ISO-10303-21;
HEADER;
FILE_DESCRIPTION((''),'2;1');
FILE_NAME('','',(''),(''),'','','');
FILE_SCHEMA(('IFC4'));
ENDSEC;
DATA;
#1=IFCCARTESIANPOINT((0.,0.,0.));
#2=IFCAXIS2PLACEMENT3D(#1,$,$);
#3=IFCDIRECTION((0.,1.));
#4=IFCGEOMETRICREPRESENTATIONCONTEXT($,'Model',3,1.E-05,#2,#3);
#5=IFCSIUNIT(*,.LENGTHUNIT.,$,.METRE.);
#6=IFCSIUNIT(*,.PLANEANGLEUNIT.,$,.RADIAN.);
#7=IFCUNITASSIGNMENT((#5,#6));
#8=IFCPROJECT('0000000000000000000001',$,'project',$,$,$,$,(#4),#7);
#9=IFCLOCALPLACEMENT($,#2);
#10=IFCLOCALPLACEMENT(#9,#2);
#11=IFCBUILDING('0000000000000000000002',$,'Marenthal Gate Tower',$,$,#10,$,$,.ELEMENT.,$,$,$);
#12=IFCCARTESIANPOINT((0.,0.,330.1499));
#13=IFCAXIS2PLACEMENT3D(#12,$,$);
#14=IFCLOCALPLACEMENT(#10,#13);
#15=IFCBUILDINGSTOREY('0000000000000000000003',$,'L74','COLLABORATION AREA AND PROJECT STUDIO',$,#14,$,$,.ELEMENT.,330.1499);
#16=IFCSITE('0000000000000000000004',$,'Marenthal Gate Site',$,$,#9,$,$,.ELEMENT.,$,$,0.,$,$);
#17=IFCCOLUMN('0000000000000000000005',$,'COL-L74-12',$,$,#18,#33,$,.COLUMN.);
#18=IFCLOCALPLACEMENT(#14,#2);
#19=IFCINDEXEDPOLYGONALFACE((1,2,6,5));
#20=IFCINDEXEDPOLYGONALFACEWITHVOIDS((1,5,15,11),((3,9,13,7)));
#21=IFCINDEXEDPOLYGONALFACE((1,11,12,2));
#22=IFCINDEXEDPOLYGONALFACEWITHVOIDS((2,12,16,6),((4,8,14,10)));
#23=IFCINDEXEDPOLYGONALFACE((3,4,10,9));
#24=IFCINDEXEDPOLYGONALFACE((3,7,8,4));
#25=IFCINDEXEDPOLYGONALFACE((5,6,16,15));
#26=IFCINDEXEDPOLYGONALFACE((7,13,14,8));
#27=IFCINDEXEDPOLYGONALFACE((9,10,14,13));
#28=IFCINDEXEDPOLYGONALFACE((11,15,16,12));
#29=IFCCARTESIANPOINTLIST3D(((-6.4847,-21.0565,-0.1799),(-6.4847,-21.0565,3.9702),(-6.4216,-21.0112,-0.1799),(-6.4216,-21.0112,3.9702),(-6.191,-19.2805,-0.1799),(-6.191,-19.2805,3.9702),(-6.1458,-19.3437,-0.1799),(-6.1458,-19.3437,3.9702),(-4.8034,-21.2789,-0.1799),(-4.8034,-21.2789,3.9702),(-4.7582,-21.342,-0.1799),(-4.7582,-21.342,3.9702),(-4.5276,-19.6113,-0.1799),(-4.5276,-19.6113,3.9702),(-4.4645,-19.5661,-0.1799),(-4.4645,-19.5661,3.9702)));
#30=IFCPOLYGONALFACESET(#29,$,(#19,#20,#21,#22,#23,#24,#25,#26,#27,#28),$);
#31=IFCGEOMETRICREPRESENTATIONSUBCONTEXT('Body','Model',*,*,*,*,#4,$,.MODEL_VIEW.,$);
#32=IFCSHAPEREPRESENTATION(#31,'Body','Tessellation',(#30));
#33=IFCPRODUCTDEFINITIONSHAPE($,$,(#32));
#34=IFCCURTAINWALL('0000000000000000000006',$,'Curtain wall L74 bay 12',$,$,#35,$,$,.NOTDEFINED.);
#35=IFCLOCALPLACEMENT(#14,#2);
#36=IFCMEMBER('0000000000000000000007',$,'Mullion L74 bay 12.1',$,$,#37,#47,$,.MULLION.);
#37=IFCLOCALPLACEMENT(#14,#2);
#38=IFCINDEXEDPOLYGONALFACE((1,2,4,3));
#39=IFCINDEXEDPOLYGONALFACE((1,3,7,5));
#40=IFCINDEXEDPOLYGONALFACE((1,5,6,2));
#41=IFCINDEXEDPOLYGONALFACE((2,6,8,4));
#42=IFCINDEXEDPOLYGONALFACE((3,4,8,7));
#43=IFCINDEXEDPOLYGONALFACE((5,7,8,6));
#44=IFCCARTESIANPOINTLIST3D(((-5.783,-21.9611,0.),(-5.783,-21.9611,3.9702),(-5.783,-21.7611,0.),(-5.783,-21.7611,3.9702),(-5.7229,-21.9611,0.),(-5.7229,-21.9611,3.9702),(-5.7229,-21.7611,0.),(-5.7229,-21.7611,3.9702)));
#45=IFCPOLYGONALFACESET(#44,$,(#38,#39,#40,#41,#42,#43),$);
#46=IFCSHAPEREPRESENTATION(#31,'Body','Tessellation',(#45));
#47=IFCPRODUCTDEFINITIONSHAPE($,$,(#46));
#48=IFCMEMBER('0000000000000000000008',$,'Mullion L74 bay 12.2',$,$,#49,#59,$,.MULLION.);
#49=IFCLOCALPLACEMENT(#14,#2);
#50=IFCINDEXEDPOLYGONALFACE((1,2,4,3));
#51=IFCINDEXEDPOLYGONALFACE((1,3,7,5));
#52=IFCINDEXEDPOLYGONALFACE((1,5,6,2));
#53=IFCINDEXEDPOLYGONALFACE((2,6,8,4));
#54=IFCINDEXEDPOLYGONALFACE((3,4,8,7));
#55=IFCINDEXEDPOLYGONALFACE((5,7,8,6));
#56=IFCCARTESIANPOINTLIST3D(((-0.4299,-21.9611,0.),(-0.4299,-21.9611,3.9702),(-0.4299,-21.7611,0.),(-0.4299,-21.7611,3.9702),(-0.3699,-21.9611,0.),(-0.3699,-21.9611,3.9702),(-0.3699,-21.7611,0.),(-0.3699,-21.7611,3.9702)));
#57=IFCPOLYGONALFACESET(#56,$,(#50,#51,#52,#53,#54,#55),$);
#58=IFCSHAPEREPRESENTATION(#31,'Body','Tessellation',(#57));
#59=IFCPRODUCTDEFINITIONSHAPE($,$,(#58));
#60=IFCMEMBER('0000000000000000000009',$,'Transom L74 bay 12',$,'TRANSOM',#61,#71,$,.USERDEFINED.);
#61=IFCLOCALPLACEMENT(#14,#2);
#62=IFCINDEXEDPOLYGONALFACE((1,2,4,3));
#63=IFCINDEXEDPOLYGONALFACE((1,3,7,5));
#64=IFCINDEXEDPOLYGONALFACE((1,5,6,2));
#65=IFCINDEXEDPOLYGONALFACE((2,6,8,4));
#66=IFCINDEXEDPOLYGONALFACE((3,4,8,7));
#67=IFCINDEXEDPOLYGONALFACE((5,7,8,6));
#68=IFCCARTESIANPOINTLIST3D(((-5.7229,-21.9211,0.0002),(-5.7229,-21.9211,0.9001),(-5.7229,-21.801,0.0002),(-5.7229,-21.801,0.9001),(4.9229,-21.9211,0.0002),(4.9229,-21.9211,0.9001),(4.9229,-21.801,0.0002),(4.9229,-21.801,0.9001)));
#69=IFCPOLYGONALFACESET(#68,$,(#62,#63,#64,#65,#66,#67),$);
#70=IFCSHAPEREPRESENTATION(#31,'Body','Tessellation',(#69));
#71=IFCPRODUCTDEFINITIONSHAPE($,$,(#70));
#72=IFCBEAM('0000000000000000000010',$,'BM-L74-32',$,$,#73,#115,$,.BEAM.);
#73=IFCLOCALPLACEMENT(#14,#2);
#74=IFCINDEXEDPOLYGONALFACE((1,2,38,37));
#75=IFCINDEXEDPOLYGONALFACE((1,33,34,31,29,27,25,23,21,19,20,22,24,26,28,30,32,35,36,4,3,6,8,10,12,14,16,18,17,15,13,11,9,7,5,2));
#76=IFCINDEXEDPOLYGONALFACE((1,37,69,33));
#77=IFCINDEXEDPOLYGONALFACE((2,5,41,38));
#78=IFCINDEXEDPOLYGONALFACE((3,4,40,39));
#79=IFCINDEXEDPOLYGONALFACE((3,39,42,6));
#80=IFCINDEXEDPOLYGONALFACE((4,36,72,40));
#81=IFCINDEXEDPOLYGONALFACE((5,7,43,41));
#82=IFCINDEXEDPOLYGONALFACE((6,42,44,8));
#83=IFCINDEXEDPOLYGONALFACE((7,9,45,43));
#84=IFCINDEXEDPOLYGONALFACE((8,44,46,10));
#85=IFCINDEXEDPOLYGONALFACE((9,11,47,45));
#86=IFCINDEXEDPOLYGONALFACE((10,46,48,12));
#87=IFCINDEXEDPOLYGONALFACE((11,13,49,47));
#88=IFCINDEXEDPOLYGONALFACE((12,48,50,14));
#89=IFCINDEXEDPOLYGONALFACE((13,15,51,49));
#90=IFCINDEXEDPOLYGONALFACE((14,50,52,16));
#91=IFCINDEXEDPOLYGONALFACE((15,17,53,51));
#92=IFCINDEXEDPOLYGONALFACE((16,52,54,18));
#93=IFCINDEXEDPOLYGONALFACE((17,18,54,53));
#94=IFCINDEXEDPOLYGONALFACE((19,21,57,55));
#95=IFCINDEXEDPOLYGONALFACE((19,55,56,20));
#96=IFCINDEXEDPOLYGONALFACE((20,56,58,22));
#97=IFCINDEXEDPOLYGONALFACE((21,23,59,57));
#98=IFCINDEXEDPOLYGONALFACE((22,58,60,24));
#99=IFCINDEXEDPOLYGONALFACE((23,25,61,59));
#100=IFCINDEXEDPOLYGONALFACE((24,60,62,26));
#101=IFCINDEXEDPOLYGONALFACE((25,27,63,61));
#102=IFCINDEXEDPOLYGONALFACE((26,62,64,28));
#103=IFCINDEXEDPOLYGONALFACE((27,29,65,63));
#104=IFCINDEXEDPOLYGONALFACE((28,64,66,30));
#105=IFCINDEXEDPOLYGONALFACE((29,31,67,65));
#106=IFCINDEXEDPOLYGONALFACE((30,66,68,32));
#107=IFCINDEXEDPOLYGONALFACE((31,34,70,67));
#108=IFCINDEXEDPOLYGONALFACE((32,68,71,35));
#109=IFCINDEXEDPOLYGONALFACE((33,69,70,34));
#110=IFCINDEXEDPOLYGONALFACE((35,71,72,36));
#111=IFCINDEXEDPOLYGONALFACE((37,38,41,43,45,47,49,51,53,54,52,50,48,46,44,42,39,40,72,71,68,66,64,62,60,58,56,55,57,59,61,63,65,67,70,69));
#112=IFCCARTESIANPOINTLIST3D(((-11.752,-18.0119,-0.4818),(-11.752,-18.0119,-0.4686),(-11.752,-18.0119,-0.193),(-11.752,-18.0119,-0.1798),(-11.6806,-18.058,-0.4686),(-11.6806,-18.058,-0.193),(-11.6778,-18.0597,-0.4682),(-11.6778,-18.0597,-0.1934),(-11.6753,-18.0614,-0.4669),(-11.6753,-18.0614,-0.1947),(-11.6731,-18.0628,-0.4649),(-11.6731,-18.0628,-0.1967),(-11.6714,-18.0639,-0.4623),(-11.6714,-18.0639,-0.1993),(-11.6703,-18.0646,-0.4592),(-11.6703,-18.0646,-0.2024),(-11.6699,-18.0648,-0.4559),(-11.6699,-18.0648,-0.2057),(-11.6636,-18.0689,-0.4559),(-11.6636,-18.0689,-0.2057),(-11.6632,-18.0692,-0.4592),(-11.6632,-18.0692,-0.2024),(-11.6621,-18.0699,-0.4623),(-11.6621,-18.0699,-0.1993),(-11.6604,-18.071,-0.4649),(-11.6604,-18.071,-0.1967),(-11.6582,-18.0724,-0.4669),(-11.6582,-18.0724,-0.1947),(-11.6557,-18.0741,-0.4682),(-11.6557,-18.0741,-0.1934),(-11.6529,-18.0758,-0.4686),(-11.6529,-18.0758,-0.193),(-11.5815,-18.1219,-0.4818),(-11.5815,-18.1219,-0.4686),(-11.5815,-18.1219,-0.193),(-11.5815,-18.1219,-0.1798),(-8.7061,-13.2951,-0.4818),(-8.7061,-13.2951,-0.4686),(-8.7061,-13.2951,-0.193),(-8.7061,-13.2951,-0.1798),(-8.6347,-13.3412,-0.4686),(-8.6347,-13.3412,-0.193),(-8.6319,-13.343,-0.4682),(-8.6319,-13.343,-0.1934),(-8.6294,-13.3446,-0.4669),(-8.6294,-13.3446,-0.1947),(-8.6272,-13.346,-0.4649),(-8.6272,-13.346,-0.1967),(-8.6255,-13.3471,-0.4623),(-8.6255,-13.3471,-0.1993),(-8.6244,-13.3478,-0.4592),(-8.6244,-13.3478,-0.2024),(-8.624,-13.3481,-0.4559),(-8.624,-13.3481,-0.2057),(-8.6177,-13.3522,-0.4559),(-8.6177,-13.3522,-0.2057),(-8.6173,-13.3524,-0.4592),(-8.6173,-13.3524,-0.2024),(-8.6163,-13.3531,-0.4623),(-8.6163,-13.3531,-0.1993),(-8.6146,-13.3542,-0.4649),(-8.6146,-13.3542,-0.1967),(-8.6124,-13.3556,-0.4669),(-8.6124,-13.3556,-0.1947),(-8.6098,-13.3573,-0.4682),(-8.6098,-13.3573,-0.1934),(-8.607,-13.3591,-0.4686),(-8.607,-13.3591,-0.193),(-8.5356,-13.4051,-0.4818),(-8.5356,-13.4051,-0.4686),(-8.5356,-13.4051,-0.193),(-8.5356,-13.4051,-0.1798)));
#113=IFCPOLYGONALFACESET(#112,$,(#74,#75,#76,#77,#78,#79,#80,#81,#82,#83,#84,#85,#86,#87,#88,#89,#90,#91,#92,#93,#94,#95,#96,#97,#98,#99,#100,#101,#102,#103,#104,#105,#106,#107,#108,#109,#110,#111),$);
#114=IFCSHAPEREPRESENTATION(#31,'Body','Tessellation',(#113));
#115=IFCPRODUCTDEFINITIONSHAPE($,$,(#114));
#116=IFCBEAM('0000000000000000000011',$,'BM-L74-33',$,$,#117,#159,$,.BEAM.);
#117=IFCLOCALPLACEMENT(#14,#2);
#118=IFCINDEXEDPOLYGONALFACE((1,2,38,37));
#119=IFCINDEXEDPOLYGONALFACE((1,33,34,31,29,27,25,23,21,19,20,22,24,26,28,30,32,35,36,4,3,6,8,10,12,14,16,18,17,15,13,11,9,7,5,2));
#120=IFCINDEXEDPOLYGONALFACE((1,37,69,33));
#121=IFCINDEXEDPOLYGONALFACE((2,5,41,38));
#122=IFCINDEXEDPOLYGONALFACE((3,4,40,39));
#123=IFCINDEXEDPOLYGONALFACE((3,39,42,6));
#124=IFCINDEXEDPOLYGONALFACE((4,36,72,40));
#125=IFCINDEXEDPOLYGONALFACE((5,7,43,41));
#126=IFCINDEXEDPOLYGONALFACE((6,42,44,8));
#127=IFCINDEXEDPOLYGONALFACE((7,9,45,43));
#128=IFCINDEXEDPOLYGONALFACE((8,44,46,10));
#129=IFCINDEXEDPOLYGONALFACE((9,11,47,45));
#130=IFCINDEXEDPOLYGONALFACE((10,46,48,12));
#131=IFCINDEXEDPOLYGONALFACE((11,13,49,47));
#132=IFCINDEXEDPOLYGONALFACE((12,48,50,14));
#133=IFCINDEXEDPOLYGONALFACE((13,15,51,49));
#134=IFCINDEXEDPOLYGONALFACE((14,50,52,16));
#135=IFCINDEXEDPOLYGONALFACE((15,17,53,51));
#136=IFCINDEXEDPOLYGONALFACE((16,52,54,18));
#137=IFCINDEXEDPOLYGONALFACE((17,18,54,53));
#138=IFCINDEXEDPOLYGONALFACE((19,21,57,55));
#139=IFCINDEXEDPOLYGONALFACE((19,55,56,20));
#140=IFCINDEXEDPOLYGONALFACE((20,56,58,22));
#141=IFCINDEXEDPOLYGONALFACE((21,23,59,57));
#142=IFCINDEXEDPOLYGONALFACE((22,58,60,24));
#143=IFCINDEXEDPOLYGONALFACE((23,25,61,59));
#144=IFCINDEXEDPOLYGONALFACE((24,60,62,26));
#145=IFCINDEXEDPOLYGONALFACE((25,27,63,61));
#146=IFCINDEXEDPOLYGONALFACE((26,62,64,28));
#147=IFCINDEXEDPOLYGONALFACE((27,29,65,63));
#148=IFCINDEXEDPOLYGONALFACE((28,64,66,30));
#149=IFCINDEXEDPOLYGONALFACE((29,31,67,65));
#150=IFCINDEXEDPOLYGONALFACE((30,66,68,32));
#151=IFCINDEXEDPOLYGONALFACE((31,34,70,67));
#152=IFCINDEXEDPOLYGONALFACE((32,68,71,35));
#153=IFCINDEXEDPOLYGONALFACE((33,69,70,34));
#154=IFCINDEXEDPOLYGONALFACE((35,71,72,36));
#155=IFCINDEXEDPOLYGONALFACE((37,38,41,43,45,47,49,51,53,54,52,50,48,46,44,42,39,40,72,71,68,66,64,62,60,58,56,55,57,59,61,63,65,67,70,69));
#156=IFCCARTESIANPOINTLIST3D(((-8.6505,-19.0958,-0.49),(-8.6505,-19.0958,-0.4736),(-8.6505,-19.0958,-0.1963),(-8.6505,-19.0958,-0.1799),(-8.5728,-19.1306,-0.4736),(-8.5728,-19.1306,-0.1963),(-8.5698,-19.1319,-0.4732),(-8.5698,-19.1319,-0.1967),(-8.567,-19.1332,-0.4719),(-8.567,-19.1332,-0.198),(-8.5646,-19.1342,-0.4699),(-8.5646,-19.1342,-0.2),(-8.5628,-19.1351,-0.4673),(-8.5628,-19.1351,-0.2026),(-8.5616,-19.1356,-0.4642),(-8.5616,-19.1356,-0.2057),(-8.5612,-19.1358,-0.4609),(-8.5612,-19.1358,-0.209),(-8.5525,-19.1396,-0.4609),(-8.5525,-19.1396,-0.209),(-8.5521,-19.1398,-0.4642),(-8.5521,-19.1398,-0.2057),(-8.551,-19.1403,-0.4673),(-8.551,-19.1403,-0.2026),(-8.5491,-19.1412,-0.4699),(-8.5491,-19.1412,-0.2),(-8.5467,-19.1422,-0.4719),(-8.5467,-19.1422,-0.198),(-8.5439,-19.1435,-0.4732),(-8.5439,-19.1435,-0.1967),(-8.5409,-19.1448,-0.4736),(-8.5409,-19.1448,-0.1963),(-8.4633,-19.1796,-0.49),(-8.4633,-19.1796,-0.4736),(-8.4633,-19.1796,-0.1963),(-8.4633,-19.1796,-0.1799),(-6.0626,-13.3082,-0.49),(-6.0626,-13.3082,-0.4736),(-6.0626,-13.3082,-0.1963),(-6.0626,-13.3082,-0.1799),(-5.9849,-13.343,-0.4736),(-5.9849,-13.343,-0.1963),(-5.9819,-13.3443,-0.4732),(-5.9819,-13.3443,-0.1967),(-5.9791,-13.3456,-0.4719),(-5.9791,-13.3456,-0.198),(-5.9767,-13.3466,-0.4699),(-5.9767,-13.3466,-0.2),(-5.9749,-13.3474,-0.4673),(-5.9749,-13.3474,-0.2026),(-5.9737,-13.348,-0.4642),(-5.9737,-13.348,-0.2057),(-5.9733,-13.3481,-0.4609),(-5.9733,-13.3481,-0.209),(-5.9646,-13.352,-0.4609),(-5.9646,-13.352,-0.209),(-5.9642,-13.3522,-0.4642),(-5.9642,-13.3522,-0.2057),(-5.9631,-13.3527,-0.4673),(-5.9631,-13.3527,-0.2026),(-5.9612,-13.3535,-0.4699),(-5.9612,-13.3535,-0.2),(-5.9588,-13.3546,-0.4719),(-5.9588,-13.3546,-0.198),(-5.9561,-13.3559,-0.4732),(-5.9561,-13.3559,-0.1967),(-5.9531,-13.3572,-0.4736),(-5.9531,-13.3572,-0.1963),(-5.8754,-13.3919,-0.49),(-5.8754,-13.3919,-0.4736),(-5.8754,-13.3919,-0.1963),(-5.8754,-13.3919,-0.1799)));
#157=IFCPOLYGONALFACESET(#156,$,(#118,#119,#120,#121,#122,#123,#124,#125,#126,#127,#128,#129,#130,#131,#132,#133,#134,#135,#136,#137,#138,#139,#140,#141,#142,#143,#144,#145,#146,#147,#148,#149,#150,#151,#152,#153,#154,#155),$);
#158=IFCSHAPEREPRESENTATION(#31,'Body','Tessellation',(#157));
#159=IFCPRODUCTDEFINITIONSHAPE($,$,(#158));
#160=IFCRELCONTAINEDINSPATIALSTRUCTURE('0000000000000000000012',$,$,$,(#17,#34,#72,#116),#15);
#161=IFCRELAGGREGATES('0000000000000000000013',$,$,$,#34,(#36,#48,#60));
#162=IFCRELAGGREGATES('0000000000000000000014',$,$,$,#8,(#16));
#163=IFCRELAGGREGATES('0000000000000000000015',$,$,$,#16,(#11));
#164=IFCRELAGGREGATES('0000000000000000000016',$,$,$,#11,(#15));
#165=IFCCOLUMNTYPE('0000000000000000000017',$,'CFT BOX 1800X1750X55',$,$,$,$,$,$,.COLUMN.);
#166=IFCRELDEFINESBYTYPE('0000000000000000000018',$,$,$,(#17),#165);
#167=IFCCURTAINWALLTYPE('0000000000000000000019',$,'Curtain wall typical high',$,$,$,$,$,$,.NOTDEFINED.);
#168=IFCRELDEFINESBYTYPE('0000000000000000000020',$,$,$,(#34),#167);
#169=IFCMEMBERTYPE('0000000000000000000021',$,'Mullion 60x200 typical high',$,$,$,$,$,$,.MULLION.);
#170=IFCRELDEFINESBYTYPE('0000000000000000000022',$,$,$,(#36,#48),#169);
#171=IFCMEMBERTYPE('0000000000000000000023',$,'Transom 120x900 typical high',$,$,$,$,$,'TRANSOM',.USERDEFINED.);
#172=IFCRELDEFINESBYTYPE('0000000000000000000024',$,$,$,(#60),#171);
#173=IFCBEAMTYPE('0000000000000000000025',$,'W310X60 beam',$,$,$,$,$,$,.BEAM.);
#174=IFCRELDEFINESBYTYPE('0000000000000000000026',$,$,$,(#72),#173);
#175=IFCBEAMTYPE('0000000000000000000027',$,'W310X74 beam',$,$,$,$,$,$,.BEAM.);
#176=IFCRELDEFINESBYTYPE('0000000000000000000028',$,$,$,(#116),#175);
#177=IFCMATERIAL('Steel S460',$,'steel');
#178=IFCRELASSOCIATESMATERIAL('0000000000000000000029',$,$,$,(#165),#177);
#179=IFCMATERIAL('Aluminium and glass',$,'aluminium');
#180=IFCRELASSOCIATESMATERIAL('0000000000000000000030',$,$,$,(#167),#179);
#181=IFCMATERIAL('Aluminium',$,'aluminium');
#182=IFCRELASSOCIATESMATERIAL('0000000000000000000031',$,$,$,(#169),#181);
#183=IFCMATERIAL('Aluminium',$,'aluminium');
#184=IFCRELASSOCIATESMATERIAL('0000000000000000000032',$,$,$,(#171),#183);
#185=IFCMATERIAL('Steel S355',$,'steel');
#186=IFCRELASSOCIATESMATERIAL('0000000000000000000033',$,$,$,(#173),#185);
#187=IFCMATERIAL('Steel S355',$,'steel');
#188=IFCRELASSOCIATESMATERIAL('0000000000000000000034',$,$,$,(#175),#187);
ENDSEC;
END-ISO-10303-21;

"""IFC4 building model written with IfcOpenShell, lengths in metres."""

from ifc_helpers import new_model, si_unit, direction, frame, origin, origin_2d, place, context, subcontext, project, spatial, rectangle, hollow_rectangle, i_section, extrude, material, material_profile, profile_set, type_object, element, aggregate, save


model = new_model("IFC4")

# Units and contexts
model_context = context("Model", 3, precision=1e-05, world=origin(), true_north=direction((0.0, 1.0)))
body_context = subcontext(model_context, "Body", "Model", "MODEL_VIEW")
ifc_project = project(units=[si_unit("LENGTHUNIT", "METRE"), si_unit("PLANEANGLEUNIT", "RADIAN")], contexts=[model_context])

# Site, building, storey
site_placement = place(None, origin())
site = spatial("IfcSite", under=ifc_project, at=site_placement, Name="Marenthal Gate Site", CompositionType="ELEMENT", RefElevation=0.0)
building_placement = place(site_placement, origin())
building = spatial("IfcBuilding", under=site, at=building_placement, Name="Marenthal Gate Tower", CompositionType="ELEMENT")
storey_placement = place(building_placement, frame((0.0, 0.0, 330.1499)))
storey = spatial("IfcBuildingStorey", under=building, at=storey_placement, Name="L74", Description="COLLABORATION AREA AND PROJECT STUDIO", CompositionType="ELEMENT", Elevation=330.1499)

# Column
ifc_material_1 = material(Name="Steel S460", Category="steel")
ifc_material_profile_1 = material_profile(ifc_material_1, hollow_rectangle(XDim=1.75, YDim=1.8, WallThickness=0.0549, at=origin_2d()), Name="CFT BOX 1800X1750X55")
ifc_material_2 = material(Name="Concrete 70 MPa", Category="concrete")
ifc_material_profile_2 = material_profile(ifc_material_2, rectangle(XDim=1.6399, YDim=1.6899, at=origin_2d()), Name="CFT BOX 1800X1750X55 INFILL")
ifc_profile_set_1 = profile_set([ifc_material_profile_1, ifc_material_profile_2], Name="Steel S460 shell, Concrete 70 MPa infill")
column_type = type_object("IfcColumnType", Name="CFT BOX 1800X1750X55", PredefinedType="COLUMN", material=ifc_profile_set_1)
column_placement = place(storey_placement, frame((-5.4746, -20.3113, -0.1799), z_axis=(0.0, 0.0, 1.0), x_axis=(-0.986599, 0.163164, 0.0)))
element("IfcColumn", 1, at=column_placement, inside=storey, type_object=column_type, Name="COL-L74-12", PredefinedType="COLUMN", context=body_context, shape_type="SweptSolid", body=[
    extrude(hollow_rectangle(XDim=1.75, YDim=1.8, WallThickness=0.0549, at=origin_2d()), origin(), (0.0, 0.0, 1.0), 4.1501),
])

# Curtain wall, members
ifc_material_3 = material(Name="Aluminium and glass", Category="aluminium")
curtain_wall_type = type_object("IfcCurtainWallType", Name="Curtain wall typical high", PredefinedType="NOTDEFINED", material=ifc_material_3)
curtain_wall_placement = place(storey_placement, origin())
curtain_wall = element("IfcCurtainWall", 2, at=curtain_wall_placement, inside=storey, type_object=curtain_wall_type, Name="Curtain wall L74 bay 12", PredefinedType="NOTDEFINED")
ifc_material_4 = material(Name="Aluminium", Category="aluminium")
ifc_material_profile_3 = material_profile(ifc_material_4, rectangle(XDim=0.2, YDim=0.0601, at=origin_2d()), Name="60x200 aluminium mullion")
ifc_profile_set_2 = profile_set([ifc_material_profile_3], Name="Aluminium")
member_type_1 = type_object("IfcMemberType", Name="Mullion 60x200 typical high", PredefinedType="MULLION", material=ifc_profile_set_2)
member_1_placement = place(storey_placement, frame((-5.7529, -21.8611, 0.0), z_axis=(0.0, 0.0, 1.0), x_axis=(0.0, 1.0, 0.0)))
member_1 = element("IfcMember", 3, at=member_1_placement, type_object=member_type_1, Name="Mullion L74 bay 12.1", PredefinedType="MULLION", context=body_context, shape_type="SweptSolid", body=[
    extrude(rectangle(XDim=0.2, YDim=0.0601, at=origin_2d()), origin(), (0.0, 0.0, 1.0), 3.9702),
])
member_2_placement = place(storey_placement, frame((-0.3999, -21.8611, 0.0), z_axis=(0.0, 0.0, 1.0), x_axis=(0.0, 1.0, 0.0)))
member_2 = element("IfcMember", 4, at=member_2_placement, type_object=member_type_1, Name="Mullion L74 bay 12.2", PredefinedType="MULLION", context=body_context, shape_type="SweptSolid", body=[
    extrude(rectangle(XDim=0.2, YDim=0.0601, at=origin_2d()), origin(), (0.0, 0.0, 1.0), 3.9702),
])
ifc_material_5 = material(Name="Aluminium", Category="aluminium")
ifc_material_profile_4 = material_profile(ifc_material_5, rectangle(XDim=0.1201, YDim=0.8999, at=origin_2d()), Name="120x900 aluminium transom")
ifc_profile_set_3 = profile_set([ifc_material_profile_4], Name="Aluminium")
member_type_2 = type_object("IfcMemberType", Name="Transom 120x900 typical high", ElementType="TRANSOM", PredefinedType="USERDEFINED", material=ifc_profile_set_3)
member_3_placement = place(storey_placement, frame((-5.7229, -21.8611, 0.4502), z_axis=(1.0, 0.0, 0.0), x_axis=(0.0, 1.0, 0.0)))
member_3 = element("IfcMember", 5, at=member_3_placement, type_object=member_type_2, Name="Transom L74 bay 12", ObjectType="TRANSOM", PredefinedType="USERDEFINED", context=body_context, shape_type="SweptSolid", body=[
    extrude(rectangle(XDim=0.1201, YDim=0.8999, at=origin_2d()), origin(), (0.0, 0.0, 1.0), 10.6458),
])

# Beams
ifc_material_6 = material(Name="Steel S355", Category="steel")
ifc_material_profile_5 = material_profile(ifc_material_6, i_section(OverallWidth=0.2029, OverallDepth=0.302, WebThickness=0.0076, FlangeThickness=0.0132, FilletRadius=0.0127, at=origin_2d()), Name="W310X60")
ifc_profile_set_4 = profile_set([ifc_material_profile_5], Name="Steel S355")
beam_type_1 = type_object("IfcBeamType", Name="W310X60 beam", PredefinedType="BEAM", material=ifc_profile_set_4)
beam_1_placement = place(storey_placement, frame((-11.6667, -18.0669, -0.3308), z_axis=(0.542479, 0.840069, 0.0), x_axis=(-0.840069, 0.542479, 0.0)))
element("IfcBeam", 6, at=beam_1_placement, inside=storey, type_object=beam_type_1, Name="BM-L74-32", PredefinedType="BEAM", context=body_context, shape_type="SweptSolid", body=[
    extrude(i_section(OverallWidth=0.2029, OverallDepth=0.302, WebThickness=0.0076, FlangeThickness=0.0132, FilletRadius=0.0127, at=origin_2d()), origin(), (0.0, 0.0, 1.0), 5.6147),
])
ifc_material_7 = material(Name="Steel S355", Category="steel")
ifc_material_profile_6 = material_profile(ifc_material_7, i_section(OverallWidth=0.2051, OverallDepth=0.3101, WebThickness=0.0095, FlangeThickness=0.0164, FilletRadius=0.0127, at=origin_2d()), Name="W310X74")
ifc_profile_set_5 = profile_set([ifc_material_profile_6], Name="Steel S355")
beam_type_2 = type_object("IfcBeamType", Name="W310X74 beam", PredefinedType="BEAM", material=ifc_profile_set_5)
beam_2_placement = place(storey_placement, frame((-8.5569, -19.1377, -0.335), z_axis=(0.408195, 0.912895, 0.0), x_axis=(-0.912895, 0.408195, 0.0)))
element("IfcBeam", 7, at=beam_2_placement, inside=storey, type_object=beam_type_2, Name="BM-L74-33", PredefinedType="BEAM", context=body_context, shape_type="SweptSolid", body=[
    extrude(i_section(OverallWidth=0.2051, OverallDepth=0.3101, WebThickness=0.0095, FlangeThickness=0.0164, FilletRadius=0.0127, at=origin_2d()), origin(), (0.0, 0.0, 1.0), 6.3398),
])

aggregate(curtain_wall, [member_1, member_2, member_3])

save(model, "model.ifc")
